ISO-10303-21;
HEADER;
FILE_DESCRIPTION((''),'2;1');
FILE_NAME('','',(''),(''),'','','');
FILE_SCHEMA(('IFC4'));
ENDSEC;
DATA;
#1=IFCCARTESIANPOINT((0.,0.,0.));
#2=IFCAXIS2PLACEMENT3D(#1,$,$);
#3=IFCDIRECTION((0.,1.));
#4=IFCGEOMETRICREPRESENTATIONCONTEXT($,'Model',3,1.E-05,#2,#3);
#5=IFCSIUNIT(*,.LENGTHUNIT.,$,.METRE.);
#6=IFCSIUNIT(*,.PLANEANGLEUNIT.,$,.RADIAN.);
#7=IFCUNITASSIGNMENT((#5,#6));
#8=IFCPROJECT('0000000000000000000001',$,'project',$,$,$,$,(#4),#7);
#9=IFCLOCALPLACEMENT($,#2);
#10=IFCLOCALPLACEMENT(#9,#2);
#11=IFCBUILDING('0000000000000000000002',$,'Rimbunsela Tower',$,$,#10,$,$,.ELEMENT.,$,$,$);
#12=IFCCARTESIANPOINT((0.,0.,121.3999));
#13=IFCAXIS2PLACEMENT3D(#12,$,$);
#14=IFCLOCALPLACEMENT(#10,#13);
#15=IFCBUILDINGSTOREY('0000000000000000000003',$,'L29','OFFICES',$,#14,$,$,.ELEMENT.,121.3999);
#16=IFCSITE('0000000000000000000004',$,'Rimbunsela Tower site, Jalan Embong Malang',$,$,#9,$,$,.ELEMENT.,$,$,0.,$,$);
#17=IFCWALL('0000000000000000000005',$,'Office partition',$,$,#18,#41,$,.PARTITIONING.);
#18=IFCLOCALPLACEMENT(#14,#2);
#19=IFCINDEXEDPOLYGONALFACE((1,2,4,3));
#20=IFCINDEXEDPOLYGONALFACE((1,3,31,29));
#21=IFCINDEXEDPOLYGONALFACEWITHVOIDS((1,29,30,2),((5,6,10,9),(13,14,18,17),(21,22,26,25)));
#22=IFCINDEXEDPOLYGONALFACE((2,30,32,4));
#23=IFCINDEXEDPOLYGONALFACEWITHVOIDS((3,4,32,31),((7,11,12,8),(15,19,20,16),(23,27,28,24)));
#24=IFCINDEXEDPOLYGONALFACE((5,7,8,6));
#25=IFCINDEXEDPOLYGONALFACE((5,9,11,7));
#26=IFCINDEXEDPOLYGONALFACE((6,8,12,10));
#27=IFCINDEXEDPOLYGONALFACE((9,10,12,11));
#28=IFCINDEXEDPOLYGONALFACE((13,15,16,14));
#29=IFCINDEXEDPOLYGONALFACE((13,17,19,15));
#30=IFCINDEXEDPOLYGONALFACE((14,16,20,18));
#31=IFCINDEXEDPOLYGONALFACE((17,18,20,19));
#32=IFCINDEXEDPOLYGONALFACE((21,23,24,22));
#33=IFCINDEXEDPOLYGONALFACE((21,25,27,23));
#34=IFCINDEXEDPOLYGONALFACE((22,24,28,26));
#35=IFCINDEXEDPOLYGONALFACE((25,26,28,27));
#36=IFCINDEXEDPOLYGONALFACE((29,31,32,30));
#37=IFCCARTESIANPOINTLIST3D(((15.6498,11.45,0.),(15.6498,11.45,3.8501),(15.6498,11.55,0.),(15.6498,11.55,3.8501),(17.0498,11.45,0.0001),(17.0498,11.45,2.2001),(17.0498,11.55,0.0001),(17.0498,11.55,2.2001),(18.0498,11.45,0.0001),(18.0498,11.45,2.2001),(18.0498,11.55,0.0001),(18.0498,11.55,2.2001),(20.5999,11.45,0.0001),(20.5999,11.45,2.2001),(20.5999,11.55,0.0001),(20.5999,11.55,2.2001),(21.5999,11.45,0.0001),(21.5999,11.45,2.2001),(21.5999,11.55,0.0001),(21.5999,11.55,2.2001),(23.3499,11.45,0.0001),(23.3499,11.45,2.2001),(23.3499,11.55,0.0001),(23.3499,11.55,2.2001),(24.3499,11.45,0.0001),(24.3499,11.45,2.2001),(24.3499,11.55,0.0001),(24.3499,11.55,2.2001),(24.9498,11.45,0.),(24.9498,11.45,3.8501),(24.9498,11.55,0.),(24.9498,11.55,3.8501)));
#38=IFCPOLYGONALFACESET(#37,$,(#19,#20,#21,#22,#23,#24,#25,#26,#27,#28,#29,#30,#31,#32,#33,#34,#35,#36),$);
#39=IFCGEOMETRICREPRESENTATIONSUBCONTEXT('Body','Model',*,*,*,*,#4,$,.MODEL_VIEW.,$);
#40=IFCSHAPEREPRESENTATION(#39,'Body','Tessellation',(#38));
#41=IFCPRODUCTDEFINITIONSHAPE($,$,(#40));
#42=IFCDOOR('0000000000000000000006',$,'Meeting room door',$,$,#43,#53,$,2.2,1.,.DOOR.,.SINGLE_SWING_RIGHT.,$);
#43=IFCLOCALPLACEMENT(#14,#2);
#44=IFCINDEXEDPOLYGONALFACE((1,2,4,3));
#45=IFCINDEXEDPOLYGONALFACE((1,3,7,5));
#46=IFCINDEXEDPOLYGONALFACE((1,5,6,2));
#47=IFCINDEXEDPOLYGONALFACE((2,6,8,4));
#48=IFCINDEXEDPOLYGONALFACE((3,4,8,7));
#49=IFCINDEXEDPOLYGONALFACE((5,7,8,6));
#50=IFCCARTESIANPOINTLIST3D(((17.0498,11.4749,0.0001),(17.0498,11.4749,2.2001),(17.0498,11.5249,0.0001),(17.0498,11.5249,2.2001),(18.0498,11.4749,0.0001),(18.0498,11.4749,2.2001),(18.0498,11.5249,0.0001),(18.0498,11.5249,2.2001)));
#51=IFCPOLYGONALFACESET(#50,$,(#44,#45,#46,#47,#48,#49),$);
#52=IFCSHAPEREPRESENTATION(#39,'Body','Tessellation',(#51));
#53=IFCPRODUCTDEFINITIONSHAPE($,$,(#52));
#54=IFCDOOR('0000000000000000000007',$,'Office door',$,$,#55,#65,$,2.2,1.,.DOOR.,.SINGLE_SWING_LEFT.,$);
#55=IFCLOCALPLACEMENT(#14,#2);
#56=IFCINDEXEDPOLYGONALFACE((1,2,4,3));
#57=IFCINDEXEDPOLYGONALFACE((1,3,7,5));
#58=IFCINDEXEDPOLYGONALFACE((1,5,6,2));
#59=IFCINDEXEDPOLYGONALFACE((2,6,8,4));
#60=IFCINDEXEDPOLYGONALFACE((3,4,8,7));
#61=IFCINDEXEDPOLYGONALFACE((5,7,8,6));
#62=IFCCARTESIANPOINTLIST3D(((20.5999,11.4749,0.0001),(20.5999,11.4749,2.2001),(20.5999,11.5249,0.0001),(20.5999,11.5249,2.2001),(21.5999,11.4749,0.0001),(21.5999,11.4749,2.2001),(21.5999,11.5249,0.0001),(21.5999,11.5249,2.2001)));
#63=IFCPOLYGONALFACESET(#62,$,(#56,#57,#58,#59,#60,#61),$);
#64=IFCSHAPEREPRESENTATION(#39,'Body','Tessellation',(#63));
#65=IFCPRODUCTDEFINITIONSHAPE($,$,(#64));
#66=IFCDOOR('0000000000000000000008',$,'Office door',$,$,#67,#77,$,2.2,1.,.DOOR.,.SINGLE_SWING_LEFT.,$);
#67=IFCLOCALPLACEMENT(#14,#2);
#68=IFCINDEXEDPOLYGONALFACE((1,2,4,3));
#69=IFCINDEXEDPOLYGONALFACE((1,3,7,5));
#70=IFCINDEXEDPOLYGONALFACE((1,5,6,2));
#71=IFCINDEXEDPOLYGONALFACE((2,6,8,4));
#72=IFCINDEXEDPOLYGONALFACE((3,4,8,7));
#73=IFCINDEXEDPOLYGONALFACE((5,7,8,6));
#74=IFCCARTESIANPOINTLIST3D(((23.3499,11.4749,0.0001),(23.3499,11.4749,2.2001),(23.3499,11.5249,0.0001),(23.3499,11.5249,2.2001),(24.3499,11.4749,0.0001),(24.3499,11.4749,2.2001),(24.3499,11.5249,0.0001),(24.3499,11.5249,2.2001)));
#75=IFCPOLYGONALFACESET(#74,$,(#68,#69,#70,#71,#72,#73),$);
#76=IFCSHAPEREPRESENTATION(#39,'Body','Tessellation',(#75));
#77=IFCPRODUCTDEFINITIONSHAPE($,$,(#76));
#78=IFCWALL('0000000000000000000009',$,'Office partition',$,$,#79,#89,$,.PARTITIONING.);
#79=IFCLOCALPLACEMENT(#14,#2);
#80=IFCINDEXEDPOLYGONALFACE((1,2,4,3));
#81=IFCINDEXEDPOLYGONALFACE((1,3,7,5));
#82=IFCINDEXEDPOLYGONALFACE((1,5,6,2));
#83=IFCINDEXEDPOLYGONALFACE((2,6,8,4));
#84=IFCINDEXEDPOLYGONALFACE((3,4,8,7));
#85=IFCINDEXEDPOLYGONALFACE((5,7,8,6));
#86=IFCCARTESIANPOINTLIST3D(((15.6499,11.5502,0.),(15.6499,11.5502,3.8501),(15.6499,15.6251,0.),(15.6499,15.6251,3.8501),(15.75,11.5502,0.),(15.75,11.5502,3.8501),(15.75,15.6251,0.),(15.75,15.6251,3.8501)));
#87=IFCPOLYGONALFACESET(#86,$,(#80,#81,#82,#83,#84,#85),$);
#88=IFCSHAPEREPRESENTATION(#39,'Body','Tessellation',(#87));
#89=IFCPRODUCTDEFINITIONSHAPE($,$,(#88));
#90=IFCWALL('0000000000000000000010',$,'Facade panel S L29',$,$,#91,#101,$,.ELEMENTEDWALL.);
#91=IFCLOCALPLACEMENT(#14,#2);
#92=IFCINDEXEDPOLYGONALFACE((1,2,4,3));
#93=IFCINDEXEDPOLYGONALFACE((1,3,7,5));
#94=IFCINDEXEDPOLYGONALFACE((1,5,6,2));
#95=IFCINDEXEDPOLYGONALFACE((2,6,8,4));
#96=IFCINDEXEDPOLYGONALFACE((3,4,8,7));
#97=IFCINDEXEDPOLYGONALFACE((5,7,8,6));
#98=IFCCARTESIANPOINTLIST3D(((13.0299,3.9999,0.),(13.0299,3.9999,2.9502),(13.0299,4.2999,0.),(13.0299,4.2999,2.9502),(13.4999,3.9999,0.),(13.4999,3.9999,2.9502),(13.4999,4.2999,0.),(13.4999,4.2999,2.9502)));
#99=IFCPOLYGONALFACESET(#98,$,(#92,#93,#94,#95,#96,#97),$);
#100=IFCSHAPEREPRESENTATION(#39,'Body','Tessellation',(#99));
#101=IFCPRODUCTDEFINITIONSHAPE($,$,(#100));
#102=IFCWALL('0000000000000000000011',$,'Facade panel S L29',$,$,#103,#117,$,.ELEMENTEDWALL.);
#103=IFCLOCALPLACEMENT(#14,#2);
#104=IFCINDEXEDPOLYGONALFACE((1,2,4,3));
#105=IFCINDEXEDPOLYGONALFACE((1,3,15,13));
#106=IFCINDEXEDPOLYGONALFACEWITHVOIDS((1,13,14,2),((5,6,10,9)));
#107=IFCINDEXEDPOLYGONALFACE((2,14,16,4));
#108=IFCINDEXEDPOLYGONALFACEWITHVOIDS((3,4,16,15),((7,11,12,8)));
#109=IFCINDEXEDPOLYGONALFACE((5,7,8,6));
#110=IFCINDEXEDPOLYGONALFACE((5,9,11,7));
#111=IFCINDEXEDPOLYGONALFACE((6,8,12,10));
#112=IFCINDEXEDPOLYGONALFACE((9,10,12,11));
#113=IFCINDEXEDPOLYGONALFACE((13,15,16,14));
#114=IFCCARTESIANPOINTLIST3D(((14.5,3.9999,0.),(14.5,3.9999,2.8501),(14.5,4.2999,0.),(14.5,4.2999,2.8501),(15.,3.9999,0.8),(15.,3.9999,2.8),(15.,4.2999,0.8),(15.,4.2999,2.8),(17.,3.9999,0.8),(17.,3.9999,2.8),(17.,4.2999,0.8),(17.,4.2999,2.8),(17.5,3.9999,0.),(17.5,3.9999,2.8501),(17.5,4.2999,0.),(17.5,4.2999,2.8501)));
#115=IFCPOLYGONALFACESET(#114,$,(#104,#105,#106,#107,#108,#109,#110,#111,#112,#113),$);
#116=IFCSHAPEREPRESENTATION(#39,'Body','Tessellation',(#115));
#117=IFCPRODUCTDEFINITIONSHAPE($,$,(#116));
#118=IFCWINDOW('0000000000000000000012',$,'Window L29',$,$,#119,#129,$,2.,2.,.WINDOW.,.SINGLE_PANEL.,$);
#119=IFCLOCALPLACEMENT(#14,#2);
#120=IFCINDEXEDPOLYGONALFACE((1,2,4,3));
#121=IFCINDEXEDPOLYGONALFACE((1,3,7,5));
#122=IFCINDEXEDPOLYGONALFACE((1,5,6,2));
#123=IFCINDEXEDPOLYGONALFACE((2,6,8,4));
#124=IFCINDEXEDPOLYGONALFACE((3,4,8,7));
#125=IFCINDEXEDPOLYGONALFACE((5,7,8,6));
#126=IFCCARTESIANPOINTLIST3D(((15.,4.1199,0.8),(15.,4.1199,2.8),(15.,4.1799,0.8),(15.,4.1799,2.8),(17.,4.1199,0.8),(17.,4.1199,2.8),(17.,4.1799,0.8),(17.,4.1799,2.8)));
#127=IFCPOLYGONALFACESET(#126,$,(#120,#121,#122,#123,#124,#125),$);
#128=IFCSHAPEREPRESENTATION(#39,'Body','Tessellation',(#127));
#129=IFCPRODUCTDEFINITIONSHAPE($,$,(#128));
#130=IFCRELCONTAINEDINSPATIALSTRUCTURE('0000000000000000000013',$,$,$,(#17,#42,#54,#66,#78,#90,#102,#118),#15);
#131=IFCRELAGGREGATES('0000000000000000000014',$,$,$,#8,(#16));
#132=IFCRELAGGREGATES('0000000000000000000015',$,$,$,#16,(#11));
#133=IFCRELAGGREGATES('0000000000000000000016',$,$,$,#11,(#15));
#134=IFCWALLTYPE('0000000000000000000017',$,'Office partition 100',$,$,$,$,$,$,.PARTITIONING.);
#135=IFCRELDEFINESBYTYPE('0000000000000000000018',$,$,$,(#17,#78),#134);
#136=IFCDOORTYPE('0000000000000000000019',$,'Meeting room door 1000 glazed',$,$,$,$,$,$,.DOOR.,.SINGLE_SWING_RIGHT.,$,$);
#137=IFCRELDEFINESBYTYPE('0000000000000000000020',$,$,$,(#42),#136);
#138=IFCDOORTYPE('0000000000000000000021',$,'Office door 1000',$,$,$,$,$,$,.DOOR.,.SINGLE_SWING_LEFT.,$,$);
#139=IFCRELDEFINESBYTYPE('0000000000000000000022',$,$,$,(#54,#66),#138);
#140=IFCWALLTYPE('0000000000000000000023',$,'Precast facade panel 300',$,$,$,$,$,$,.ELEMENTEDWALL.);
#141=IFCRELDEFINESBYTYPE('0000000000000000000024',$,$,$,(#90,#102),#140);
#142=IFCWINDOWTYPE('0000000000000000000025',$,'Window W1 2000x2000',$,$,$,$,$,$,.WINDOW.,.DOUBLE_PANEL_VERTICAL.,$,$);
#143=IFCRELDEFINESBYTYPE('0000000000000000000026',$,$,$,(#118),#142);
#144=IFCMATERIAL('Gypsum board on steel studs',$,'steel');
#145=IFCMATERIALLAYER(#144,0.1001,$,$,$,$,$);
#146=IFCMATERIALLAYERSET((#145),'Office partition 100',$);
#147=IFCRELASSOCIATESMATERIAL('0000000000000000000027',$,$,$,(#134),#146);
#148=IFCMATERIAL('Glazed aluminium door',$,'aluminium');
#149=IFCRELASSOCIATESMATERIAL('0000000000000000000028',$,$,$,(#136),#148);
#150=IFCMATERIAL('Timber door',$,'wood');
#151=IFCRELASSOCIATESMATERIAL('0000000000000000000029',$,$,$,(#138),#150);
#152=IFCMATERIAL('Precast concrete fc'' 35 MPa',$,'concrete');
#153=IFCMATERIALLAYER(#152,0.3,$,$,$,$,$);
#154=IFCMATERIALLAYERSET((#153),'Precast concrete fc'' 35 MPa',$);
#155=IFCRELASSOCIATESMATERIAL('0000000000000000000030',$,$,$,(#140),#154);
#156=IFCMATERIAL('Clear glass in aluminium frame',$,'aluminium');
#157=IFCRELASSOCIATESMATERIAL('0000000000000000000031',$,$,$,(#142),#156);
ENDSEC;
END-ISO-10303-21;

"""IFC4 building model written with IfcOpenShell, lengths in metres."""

from ifc_helpers import new_model, si_unit, direction, frame, frame_2d, origin, place, context, subcontext, project, spatial, rectangle, extrude, material, layer, layer_set, type_object, element, fill, save


model = new_model("IFC4")

# Units and contexts
model_context = context("Model", 3, precision=1e-05, world=origin(), true_north=direction((0.0, 1.0)))
body_context = subcontext(model_context, "Body", "Model", "MODEL_VIEW")
ifc_project = project(units=[si_unit("LENGTHUNIT", "METRE"), si_unit("PLANEANGLEUNIT", "RADIAN")], contexts=[model_context])

# Site, building, storey
site_placement = place(None, origin())
site = spatial("IfcSite", under=ifc_project, at=site_placement, Name="Rimbunsela Tower site, Jalan Embong Malang", CompositionType="ELEMENT", RefElevation=0.0)
building_placement = place(site_placement, origin())
building = spatial("IfcBuilding", under=site, at=building_placement, Name="Rimbunsela Tower", CompositionType="ELEMENT")
storey_placement = place(building_placement, frame((0.0, 0.0, 121.3999)))
storey = spatial("IfcBuildingStorey", under=building, at=storey_placement, Name="L29", Description="OFFICES", CompositionType="ELEMENT", Elevation=121.3999)

# Wall, openings, doors
ifc_material_1 = material(Name="Gypsum board on steel studs", Category="steel")
ifc_layer_1 = layer(ifc_material_1, 0.1001)
ifc_layer_set_1 = layer_set([ifc_layer_1], Name="Office partition 100")
wall_type_1 = type_object("IfcWallType", Name="Office partition 100", PredefinedType="PARTITIONING", material=ifc_layer_set_1)
wall_1_placement = place(storey_placement, frame((15.6499, 11.5, 0.0), z_axis=(0.0, 0.0, 1.0), x_axis=(1.0, 0.0, 0.0)))
wall_1 = element("IfcWall", 1, at=wall_1_placement, inside=storey, type_object=wall_type_1, Name="Office partition", PredefinedType="PARTITIONING", context=body_context, shape_type="SweptSolid", body=[
    extrude(rectangle(XDim=9.3, YDim=0.1001, at=frame_2d((4.6499, 0.0))), origin(), (0.0, 0.0, 1.0), 3.8501),
])
opening_1_placement = place(wall_1_placement, frame((1.3999, 0.0, 0.0)))
opening_1 = element("IfcOpeningElement", 2, at=opening_1_placement, cuts=wall_1, PredefinedType="OPENING", context=body_context, shape_type="SweptSolid", body=[
    extrude(rectangle(XDim=1.0, YDim=2.2, at=frame_2d((0.5, 1.1001))), frame((0.0, 0.0601, 0.0), z_axis=(0.0, -1.0, 0.0), x_axis=(1.0, 0.0, 0.0)), (0.0, 0.0, 1.0), 0.1201),
])
opening_2_placement = place(wall_1_placement, frame((4.95, 0.0, 0.0)))
opening_2 = element("IfcOpeningElement", 3, at=opening_2_placement, cuts=wall_1, PredefinedType="OPENING", context=body_context, shape_type="SweptSolid", body=[
    extrude(rectangle(XDim=1.0, YDim=2.2, at=frame_2d((0.5, 1.1001))), frame((0.0, 0.0601, 0.0), z_axis=(0.0, -1.0, 0.0), x_axis=(1.0, 0.0, 0.0)), (0.0, 0.0, 1.0), 0.1201),
])
opening_3_placement = place(wall_1_placement, frame((7.7, 0.0, 0.0)))
opening_3 = element("IfcOpeningElement", 4, at=opening_3_placement, cuts=wall_1, PredefinedType="OPENING", context=body_context, shape_type="SweptSolid", body=[
    extrude(rectangle(XDim=1.0, YDim=2.2, at=frame_2d((0.5, 1.1001))), frame((0.0, 0.0601, 0.0), z_axis=(0.0, -1.0, 0.0), x_axis=(1.0, 0.0, 0.0)), (0.0, 0.0, 1.0), 0.1201),
])
ifc_material_2 = material(Name="Glazed aluminium door", Category="aluminium")
door_type_1 = type_object("IfcDoorType", Name="Meeting room door 1000 glazed", OperationType="SINGLE_SWING_RIGHT", PredefinedType="DOOR", material=ifc_material_2)
door_1_placement = place(opening_1_placement, origin())
door_1 = element("IfcDoor", 5, at=door_1_placement, inside=storey, type_object=door_type_1, Name="Meeting room door", OperationType="SINGLE_SWING_RIGHT", OverallHeight=2.2, OverallWidth=1.0, PredefinedType="DOOR", context=body_context, shape_type="SweptSolid", body=[
    extrude(rectangle(XDim=1.0, YDim=2.2, at=frame_2d((0.5, 1.1001))), frame((0.0, 0.0249, 0.0), z_axis=(0.0, -1.0, 0.0), x_axis=(1.0, 0.0, 0.0)), (0.0, 0.0, 1.0), 0.05),
])
fill(opening_1, door_1)
ifc_material_3 = material(Name="Timber door", Category="wood")
door_type_2 = type_object("IfcDoorType", Name="Office door 1000", OperationType="SINGLE_SWING_LEFT", PredefinedType="DOOR", material=ifc_material_3)
door_2_placement = place(opening_2_placement, origin())
door_2 = element("IfcDoor", 6, at=door_2_placement, inside=storey, type_object=door_type_2, Name="Office door", OperationType="SINGLE_SWING_LEFT", OverallHeight=2.2, OverallWidth=1.0, PredefinedType="DOOR", context=body_context, shape_type="SweptSolid", body=[
    extrude(rectangle(XDim=1.0, YDim=2.2, at=frame_2d((0.5, 1.1001))), frame((0.0, 0.0249, 0.0), z_axis=(0.0, -1.0, 0.0), x_axis=(1.0, 0.0, 0.0)), (0.0, 0.0, 1.0), 0.05),
])
fill(opening_2, door_2)
door_3_placement = place(opening_3_placement, origin())
door_3 = element("IfcDoor", 7, at=door_3_placement, inside=storey, type_object=door_type_2, Name="Office door", OperationType="SINGLE_SWING_LEFT", OverallHeight=2.2, OverallWidth=1.0, PredefinedType="DOOR", context=body_context, shape_type="SweptSolid", body=[
    extrude(rectangle(XDim=1.0, YDim=2.2, at=frame_2d((0.5, 1.1001))), frame((0.0, 0.0249, 0.0), z_axis=(0.0, -1.0, 0.0), x_axis=(1.0, 0.0, 0.0)), (0.0, 0.0, 1.0), 0.05),
])
fill(opening_3, door_3)

# Walls
wall_2_placement = place(storey_placement, frame((15.7, 11.55, 0.0), z_axis=(0.0, 0.0, 1.0), x_axis=(0.0, 1.0, 0.0)))
element("IfcWall", 8, at=wall_2_placement, inside=storey, type_object=wall_type_1, Name="Office partition", PredefinedType="PARTITIONING", context=body_context, shape_type="SweptSolid", body=[
    extrude(rectangle(XDim=4.075, YDim=0.1001, at=frame_2d((2.0376, 0.0))), origin(), (0.0, 0.0, 1.0), 3.8501),
])
ifc_material_4 = material(Name="Precast concrete fc' 35 MPa", Category="concrete")
ifc_layer_2 = layer(ifc_material_4, 0.3)
ifc_layer_set_2 = layer_set([ifc_layer_2], Name="Precast concrete fc' 35 MPa")
wall_type_2 = type_object("IfcWallType", Name="Precast facade panel 300", PredefinedType="ELEMENTEDWALL", material=ifc_layer_set_2)
wall_3_placement = place(storey_placement, frame((13.03, 4.1499, 0.0), z_axis=(0.0, 0.0, 1.0), x_axis=(1.0, 0.0, 0.0)))
element("IfcWall", 9, at=wall_3_placement, inside=storey, type_object=wall_type_2, Name="Facade panel S L29", PredefinedType="ELEMENTEDWALL", context=body_context, shape_type="SweptSolid", body=[
    extrude(rectangle(XDim=0.47, YDim=0.3, at=frame_2d((0.2349, 0.0))), origin(), (0.0, 0.0, 1.0), 2.9502),
])

# Wall, opening, window
wall_4_placement = place(storey_placement, frame((14.5, 4.1499, 0.0), z_axis=(0.0, 0.0, 1.0), x_axis=(1.0, 0.0, 0.0)))
wall_4 = element("IfcWall", 10, at=wall_4_placement, inside=storey, type_object=wall_type_2, Name="Facade panel S L29", PredefinedType="ELEMENTEDWALL", context=body_context, shape_type="SweptSolid", body=[
    extrude(rectangle(XDim=3.0, YDim=0.3, at=frame_2d((1.5, 0.0))), origin(), (0.0, 0.0, 1.0), 2.8501),
])
opening_4_placement = place(wall_4_placement, frame((0.5, 0.0, 0.8)))
opening_4 = element("IfcOpeningElement", 11, at=opening_4_placement, cuts=wall_4, PredefinedType="OPENING", context=body_context, shape_type="SweptSolid", body=[
    extrude(rectangle(XDim=2.0, YDim=2.0, at=frame_2d((1.0, 1.0))), frame((0.0, 0.1599, 0.0), z_axis=(0.0, -1.0, 0.0), x_axis=(1.0, 0.0, 0.0)), (0.0, 0.0, 1.0), 0.3201),
])
ifc_material_5 = material(Name="Clear glass in aluminium frame", Category="aluminium")
window_type = type_object("IfcWindowType", Name="Window W1 2000x2000", PartitioningType="DOUBLE_PANEL_VERTICAL", PredefinedType="WINDOW", material=ifc_material_5)
window_placement = place(opening_4_placement, origin())
window = element("IfcWindow", 12, at=window_placement, inside=storey, type_object=window_type, Name="Window L29", OverallHeight=2.0, OverallWidth=2.0, PartitioningType="SINGLE_PANEL", PredefinedType="WINDOW", context=body_context, shape_type="SweptSolid", body=[
    extrude(rectangle(XDim=2.0, YDim=2.0, at=frame_2d((1.0, 1.0))), frame((0.0, 0.03, 0.0), z_axis=(0.0, -1.0, 0.0), x_axis=(1.0, 0.0, 0.0)), (0.0, 0.0, 1.0), 0.0601),
])
fill(opening_4, window)

save(model, "model.ifc")
